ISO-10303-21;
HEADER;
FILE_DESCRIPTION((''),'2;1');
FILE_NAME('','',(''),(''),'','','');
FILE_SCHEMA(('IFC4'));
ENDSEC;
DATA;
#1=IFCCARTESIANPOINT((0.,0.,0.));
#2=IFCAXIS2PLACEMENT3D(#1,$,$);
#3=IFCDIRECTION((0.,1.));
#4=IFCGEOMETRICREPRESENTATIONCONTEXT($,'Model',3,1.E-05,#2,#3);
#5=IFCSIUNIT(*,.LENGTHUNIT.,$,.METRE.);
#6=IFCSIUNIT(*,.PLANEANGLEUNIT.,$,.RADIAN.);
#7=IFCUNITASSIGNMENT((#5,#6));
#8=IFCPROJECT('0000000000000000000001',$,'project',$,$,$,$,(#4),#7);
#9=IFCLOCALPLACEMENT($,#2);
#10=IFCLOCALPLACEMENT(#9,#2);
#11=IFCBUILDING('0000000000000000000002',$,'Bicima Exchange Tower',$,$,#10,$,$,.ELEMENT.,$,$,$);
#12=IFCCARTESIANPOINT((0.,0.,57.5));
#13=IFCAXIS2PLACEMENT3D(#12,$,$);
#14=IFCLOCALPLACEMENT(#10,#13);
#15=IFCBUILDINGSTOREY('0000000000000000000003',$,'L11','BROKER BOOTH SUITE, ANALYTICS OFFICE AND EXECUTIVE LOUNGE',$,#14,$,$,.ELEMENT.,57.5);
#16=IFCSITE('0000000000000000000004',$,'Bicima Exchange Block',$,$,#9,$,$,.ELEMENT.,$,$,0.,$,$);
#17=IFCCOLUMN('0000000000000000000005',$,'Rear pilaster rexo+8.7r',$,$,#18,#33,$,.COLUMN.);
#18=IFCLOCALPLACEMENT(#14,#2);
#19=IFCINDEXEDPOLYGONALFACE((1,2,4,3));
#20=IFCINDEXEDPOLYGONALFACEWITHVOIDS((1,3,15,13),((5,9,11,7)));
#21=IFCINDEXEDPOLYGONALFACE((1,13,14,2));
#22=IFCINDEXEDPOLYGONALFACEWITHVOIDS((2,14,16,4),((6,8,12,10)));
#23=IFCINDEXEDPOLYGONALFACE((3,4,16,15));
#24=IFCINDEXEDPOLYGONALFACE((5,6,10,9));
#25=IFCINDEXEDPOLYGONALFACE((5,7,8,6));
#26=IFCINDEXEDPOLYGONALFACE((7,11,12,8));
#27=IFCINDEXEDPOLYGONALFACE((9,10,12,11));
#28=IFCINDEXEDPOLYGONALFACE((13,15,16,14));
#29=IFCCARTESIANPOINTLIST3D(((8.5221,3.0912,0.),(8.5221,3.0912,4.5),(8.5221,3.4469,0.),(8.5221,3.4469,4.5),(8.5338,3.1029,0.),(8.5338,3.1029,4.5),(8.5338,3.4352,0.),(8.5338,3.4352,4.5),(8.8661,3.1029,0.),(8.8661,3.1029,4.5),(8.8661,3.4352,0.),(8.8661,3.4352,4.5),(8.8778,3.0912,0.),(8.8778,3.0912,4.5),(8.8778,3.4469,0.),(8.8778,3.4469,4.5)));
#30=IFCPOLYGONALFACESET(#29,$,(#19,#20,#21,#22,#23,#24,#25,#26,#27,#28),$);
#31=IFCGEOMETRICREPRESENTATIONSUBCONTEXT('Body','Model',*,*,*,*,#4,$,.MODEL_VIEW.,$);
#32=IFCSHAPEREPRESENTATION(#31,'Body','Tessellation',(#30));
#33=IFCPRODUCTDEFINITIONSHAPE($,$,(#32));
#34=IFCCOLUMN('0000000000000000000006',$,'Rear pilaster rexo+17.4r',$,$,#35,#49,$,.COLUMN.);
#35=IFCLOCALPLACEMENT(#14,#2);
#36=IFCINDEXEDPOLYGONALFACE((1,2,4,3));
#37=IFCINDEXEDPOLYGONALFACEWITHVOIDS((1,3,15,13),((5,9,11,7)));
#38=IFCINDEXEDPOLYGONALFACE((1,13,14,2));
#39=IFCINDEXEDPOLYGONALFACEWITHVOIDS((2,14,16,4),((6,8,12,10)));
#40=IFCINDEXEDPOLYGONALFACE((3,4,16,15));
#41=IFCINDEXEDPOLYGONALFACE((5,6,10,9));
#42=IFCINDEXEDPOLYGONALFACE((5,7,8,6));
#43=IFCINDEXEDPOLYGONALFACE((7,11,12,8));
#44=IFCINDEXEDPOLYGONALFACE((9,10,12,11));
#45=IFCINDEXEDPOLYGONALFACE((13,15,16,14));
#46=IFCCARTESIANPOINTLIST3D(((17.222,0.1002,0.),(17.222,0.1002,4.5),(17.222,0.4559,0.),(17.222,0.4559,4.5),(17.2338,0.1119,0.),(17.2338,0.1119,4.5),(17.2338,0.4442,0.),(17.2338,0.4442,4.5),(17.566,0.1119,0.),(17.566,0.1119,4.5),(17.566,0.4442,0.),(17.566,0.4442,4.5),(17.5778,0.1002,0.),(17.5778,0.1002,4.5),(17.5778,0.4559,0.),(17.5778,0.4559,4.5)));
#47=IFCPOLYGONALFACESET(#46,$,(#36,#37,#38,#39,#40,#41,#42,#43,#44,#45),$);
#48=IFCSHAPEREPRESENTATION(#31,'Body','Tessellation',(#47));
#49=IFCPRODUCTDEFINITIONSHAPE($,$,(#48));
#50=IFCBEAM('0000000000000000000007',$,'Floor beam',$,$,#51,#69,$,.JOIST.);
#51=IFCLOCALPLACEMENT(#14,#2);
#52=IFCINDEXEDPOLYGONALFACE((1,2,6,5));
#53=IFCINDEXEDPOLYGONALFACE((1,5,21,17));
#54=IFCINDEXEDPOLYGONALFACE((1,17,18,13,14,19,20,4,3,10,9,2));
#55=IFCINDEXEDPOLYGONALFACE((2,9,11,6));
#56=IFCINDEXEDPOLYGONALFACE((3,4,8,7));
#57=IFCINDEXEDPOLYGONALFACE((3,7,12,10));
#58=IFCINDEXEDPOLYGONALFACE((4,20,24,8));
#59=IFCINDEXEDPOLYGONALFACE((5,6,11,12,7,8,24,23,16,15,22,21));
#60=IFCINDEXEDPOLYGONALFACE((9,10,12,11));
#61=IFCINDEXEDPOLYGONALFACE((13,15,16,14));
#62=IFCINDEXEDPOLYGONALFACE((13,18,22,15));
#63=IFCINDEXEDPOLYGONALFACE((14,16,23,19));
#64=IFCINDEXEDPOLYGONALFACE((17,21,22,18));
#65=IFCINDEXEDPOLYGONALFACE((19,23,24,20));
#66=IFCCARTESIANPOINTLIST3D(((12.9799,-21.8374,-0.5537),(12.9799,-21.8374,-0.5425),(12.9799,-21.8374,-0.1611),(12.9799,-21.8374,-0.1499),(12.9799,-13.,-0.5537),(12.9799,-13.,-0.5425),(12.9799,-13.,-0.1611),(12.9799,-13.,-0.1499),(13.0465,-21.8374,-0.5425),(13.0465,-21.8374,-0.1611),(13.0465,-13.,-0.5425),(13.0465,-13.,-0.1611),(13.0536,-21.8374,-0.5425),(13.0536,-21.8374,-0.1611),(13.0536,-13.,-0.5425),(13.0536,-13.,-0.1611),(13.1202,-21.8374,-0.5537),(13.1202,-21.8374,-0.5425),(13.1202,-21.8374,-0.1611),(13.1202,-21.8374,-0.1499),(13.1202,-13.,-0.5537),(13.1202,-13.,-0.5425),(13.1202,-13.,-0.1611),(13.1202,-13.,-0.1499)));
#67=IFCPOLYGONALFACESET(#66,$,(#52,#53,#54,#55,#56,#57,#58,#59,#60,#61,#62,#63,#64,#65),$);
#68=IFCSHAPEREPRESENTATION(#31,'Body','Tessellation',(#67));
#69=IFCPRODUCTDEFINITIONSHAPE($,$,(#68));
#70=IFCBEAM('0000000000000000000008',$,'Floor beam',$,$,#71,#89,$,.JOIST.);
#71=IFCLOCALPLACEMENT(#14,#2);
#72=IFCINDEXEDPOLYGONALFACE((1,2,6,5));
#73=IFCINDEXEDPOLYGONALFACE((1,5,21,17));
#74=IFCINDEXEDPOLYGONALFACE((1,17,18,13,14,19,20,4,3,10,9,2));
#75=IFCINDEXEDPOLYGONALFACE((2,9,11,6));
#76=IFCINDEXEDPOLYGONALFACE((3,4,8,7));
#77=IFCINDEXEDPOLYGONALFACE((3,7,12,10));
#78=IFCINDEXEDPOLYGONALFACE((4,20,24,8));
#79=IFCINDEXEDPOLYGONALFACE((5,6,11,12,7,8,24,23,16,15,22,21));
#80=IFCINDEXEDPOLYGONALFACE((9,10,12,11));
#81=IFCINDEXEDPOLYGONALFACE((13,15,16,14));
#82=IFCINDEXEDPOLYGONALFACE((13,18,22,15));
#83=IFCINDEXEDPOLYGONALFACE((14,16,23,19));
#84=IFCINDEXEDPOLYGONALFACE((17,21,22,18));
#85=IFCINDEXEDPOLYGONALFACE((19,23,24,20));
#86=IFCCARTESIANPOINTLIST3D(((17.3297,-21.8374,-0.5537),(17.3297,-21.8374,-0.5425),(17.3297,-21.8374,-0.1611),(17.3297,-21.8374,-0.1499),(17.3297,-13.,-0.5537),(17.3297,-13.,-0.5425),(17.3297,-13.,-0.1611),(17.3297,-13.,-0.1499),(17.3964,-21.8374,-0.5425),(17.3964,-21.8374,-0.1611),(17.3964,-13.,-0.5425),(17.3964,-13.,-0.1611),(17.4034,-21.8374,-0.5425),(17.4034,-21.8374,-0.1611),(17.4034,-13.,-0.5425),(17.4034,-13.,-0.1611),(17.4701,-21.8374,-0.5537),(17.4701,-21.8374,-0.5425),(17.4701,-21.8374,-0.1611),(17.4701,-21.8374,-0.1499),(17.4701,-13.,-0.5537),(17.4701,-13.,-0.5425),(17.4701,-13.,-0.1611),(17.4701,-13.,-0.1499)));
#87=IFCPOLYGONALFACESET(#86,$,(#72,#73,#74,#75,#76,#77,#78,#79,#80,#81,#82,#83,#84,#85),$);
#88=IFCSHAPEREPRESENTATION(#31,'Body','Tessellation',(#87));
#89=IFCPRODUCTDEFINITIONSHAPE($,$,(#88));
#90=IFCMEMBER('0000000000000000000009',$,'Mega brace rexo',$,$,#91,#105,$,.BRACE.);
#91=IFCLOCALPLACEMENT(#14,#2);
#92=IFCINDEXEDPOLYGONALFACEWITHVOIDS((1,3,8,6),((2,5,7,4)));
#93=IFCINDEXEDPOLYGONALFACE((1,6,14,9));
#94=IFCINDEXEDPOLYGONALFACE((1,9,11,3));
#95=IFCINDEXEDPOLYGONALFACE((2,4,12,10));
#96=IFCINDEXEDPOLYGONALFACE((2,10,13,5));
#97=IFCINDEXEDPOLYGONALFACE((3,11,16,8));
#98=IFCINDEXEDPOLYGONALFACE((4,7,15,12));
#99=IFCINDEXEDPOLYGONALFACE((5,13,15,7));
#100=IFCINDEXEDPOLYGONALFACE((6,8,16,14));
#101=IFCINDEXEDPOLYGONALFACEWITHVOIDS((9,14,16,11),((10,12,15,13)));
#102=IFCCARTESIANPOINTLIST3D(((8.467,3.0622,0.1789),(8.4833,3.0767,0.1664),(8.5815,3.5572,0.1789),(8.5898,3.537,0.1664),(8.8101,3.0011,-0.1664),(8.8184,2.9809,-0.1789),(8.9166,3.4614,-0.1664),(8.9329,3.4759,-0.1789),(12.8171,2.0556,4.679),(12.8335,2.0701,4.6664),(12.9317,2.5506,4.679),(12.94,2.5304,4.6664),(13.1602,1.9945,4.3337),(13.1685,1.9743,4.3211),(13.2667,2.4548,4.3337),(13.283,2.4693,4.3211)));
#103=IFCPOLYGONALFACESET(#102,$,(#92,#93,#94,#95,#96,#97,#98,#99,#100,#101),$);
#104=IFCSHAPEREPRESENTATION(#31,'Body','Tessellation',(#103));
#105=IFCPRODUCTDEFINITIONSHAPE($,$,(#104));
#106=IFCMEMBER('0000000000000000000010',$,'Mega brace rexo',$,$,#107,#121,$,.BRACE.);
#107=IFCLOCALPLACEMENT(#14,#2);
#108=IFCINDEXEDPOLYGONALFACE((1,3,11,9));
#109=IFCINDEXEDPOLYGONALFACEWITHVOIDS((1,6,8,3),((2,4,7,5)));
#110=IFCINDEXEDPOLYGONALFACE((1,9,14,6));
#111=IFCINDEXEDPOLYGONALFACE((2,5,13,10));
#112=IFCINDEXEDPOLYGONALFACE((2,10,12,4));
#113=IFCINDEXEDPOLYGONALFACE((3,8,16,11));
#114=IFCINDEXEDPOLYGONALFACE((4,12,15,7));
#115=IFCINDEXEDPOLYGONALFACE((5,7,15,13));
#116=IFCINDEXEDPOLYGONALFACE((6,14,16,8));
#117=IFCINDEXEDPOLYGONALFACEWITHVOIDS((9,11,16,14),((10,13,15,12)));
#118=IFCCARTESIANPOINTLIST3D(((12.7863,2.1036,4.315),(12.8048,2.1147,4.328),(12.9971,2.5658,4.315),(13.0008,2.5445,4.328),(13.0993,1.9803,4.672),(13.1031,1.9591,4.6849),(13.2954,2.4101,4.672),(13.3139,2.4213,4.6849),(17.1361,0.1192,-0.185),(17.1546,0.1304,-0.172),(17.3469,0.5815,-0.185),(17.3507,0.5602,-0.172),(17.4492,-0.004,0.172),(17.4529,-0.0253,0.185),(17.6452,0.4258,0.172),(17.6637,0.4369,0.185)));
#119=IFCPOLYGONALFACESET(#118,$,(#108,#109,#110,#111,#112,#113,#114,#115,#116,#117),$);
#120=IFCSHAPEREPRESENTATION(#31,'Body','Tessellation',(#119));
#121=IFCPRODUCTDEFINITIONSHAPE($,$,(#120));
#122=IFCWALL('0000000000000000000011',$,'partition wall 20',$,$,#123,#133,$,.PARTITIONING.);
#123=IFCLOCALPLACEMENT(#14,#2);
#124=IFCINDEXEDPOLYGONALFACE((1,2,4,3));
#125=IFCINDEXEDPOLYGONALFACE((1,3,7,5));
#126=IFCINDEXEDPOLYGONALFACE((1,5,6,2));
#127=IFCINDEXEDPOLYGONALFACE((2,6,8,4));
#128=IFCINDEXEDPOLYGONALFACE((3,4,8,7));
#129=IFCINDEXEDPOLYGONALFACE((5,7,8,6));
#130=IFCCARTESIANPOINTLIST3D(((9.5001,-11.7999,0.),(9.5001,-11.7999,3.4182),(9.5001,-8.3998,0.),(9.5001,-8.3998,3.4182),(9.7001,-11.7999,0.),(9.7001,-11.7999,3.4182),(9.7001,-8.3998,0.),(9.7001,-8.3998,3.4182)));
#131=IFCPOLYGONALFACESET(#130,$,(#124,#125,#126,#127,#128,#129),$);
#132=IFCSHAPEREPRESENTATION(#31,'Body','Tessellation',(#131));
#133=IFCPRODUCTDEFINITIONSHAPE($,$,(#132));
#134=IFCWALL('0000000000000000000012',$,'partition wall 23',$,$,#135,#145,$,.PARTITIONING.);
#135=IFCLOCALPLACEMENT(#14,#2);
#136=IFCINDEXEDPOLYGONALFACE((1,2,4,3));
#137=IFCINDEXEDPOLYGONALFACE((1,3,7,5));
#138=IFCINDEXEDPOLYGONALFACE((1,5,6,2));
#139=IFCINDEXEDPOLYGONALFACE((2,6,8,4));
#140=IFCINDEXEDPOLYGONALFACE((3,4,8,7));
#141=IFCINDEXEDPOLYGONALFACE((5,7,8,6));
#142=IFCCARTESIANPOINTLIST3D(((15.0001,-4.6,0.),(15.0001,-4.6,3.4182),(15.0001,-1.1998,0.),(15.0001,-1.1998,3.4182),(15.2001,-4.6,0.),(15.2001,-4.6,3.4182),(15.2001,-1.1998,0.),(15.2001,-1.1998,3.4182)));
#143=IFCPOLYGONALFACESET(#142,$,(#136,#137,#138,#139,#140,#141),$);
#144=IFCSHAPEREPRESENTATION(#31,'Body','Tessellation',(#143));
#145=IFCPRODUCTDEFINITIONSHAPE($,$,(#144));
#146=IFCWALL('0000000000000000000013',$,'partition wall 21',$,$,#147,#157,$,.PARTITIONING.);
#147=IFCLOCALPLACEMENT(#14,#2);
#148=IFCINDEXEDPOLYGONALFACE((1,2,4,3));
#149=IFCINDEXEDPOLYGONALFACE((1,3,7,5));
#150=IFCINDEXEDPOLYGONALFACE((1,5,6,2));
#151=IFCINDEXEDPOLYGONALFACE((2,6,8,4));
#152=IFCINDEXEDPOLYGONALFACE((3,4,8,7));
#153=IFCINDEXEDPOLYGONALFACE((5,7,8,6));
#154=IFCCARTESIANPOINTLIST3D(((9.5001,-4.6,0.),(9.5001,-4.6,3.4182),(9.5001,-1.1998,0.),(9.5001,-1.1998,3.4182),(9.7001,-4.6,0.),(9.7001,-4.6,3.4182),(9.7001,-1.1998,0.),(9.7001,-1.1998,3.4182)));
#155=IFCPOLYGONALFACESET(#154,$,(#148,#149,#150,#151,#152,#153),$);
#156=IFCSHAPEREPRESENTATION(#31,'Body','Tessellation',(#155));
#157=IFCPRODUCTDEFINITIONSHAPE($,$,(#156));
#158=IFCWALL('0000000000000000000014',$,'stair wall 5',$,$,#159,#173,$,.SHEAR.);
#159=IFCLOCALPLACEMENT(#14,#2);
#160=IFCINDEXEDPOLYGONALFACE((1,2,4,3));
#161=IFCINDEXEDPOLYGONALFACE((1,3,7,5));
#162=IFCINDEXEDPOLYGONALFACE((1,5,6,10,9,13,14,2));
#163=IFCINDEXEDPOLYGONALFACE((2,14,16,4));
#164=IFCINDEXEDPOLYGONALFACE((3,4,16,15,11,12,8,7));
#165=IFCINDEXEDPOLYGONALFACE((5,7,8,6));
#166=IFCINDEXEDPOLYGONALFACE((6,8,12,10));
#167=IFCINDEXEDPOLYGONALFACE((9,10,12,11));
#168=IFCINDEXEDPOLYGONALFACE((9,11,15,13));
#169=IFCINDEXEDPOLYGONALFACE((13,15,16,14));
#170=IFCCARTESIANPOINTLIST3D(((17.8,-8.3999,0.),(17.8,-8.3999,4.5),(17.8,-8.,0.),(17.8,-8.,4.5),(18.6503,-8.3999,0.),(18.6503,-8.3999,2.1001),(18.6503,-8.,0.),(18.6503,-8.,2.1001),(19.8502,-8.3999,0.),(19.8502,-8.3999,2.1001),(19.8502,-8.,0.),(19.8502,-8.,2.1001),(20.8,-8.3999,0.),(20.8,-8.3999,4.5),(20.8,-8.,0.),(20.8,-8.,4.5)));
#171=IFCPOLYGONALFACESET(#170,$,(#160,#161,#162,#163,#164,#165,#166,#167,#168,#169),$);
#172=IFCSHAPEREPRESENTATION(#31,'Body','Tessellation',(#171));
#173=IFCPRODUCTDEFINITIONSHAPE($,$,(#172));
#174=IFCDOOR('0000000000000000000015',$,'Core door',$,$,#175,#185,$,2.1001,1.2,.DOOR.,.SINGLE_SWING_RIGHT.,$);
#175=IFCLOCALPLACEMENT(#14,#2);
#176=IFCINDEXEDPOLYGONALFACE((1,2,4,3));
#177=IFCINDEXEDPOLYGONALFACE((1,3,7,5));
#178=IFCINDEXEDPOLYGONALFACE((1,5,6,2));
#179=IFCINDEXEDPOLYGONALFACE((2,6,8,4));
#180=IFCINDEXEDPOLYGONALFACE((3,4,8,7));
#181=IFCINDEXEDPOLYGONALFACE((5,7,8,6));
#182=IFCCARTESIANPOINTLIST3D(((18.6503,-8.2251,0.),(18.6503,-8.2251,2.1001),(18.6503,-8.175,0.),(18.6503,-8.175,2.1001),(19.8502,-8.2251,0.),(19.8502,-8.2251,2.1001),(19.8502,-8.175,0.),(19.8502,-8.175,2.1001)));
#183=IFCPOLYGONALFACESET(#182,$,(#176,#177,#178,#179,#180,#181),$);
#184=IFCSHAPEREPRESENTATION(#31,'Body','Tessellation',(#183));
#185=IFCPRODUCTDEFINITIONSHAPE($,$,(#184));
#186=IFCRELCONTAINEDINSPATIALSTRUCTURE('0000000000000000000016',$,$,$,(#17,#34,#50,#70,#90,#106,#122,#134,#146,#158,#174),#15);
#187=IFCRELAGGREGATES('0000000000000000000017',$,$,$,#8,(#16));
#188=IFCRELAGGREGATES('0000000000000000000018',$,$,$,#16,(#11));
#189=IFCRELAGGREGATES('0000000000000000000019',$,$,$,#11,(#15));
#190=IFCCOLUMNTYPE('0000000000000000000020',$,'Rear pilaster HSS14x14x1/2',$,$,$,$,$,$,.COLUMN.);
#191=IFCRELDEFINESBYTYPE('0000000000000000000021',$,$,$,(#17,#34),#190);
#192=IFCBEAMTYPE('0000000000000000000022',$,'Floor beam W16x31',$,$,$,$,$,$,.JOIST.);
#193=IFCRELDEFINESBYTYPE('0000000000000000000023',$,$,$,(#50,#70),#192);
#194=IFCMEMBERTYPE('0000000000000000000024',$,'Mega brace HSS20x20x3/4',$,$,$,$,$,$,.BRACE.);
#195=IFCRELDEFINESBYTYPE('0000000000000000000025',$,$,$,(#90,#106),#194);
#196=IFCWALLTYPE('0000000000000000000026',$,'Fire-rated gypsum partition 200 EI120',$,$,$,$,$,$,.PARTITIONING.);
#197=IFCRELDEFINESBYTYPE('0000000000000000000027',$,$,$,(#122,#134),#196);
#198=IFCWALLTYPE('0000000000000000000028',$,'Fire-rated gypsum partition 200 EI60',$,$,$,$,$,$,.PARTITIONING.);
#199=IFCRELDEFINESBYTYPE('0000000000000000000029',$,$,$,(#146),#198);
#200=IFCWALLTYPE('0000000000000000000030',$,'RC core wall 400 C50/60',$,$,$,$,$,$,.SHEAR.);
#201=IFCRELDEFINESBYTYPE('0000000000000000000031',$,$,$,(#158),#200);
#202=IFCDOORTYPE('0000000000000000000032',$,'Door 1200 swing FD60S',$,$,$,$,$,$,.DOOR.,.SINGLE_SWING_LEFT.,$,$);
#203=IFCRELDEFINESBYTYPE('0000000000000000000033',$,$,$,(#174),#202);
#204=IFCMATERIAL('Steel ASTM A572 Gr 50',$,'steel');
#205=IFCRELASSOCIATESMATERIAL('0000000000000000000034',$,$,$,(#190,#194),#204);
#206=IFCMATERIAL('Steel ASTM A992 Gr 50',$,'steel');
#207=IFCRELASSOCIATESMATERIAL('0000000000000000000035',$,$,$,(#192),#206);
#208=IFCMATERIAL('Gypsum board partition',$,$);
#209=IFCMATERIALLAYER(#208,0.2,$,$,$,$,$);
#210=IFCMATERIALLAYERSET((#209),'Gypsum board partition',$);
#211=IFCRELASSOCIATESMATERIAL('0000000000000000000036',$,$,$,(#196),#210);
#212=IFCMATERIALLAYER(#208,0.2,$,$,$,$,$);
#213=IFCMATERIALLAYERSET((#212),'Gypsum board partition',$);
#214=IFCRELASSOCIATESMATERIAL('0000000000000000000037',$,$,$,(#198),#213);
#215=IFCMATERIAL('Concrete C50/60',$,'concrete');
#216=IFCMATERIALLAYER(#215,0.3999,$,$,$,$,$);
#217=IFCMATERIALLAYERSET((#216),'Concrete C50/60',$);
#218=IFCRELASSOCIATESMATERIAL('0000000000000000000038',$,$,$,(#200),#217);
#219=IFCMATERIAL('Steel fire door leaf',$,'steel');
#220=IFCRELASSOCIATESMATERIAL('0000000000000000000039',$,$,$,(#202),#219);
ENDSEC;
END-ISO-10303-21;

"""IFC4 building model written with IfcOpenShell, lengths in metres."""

from ifc_helpers import new_model, si_unit, direction, frame, frame_2d, origin, origin_2d, place, context, subcontext, project, spatial, rectangle, hollow_rectangle, i_section, extrude, material, layer, layer_set, material_profile, profile_set, type_object, element, fill, save


model = new_model("IFC4")

# Units and contexts
model_context = context("Model", 3, precision=1e-05, world=origin(), true_north=direction((0.0, 1.0)))
body_context = subcontext(model_context, "Body", "Model", "MODEL_VIEW")
ifc_project = project(units=[si_unit("LENGTHUNIT", "METRE"), si_unit("PLANEANGLEUNIT", "RADIAN")], contexts=[model_context])

# Site, building, storey
site_placement = place(None, origin())
site = spatial("IfcSite", under=ifc_project, at=site_placement, Name="Bicima Exchange Block", CompositionType="ELEMENT", RefElevation=0.0)
building_placement = place(site_placement, origin())
building = spatial("IfcBuilding", under=site, at=building_placement, Name="Bicima Exchange Tower", CompositionType="ELEMENT")
storey_placement = place(building_placement, frame((0.0, 0.0, 57.5)))
storey = spatial("IfcBuildingStorey", under=building, at=storey_placement, Name="L11", Description="BROKER BOOTH SUITE, ANALYTICS OFFICE AND EXECUTIVE LOUNGE", CompositionType="ELEMENT", Elevation=57.5)

# Columns
ifc_material_1 = material(Name="Steel ASTM A572 Gr 50", Category="steel")
ifc_material_profile_1 = material_profile(ifc_material_1, hollow_rectangle(XDim=0.3557, YDim=0.3557, WallThickness=0.0117, at=origin_2d()))
ifc_profile_set_1 = profile_set([ifc_material_profile_1], Name="Steel ASTM A572 Gr 50")
column_type = type_object("IfcColumnType", Name="Rear pilaster HSS14x14x1/2", PredefinedType="COLUMN", material=ifc_profile_set_1)
for number, where, z_axis, x_axis, name in (
    (1, (8.7, 3.269, 0.0), (0.0, 0.0, 1.0), (1.0, 0.0, 0.0), "Rear pilaster rexo+8.7r"),
    (2, (17.3999, 0.2781, 0.0), (0.0, 0.0, 1.0), (1.0, 0.0, 0.0), "Rear pilaster rexo+17.4r"),
):
    element("IfcColumn", number, at=place(storey_placement, frame(where, z_axis=z_axis, x_axis=x_axis)), inside=storey, type_object=column_type, Name=name, PredefinedType="COLUMN", context=body_context, shape_type="SweptSolid", body=[
        extrude(hollow_rectangle(XDim=0.3557, YDim=0.3557, WallThickness=0.0117, at=origin_2d()), origin(), (0.0, 0.0, 1.0), 4.5),
    ])

# Beams
ifc_material_2 = material(Name="Steel ASTM A992 Gr 50", Category="steel")
ifc_material_profile_2 = material_profile(ifc_material_2, i_section(OverallWidth=0.1404, OverallDepth=0.4038, WebThickness=0.0071, FlangeThickness=0.0112, at=origin_2d()))
ifc_profile_set_2 = profile_set([ifc_material_profile_2], Name="Steel ASTM A992 Gr 50")
beam_type = type_object("IfcBeamType", Name="Floor beam W16x31", PredefinedType="JOIST", material=ifc_profile_set_2)
for number, where, z_axis, x_axis, name in (
    (3, (13.05, -13.0, -0.3518), (0.0, -1.0, 0.0), (1.0, 0.0, 0.0), "Floor beam"),
    (4, (17.3999, -13.0, -0.3518), (0.0, -1.0, 0.0), (1.0, 0.0, 0.0), "Floor beam"),
):
    element("IfcBeam", number, at=place(storey_placement, frame(where, z_axis=z_axis, x_axis=x_axis)), inside=storey, type_object=beam_type, Name=name, PredefinedType="JOIST", context=body_context, shape_type="SweptSolid", body=[
        extrude(i_section(OverallWidth=0.1404, OverallDepth=0.4038, WebThickness=0.0071, FlangeThickness=0.0112, at=origin_2d()), origin(), (0.0, 0.0, 1.0), 8.8374),
    ])

# Members
ifc_material_profile_3 = material_profile(ifc_material_1, hollow_rectangle(XDim=0.5081, YDim=0.5081, WallThickness=0.0178, at=origin_2d()))
ifc_profile_set_3 = profile_set([ifc_material_profile_3], Name="Steel ASTM A572 Gr 50")
member_type = type_object("IfcMemberType", Name="Mega brace HSS20x20x3/4", PredefinedType="BRACE", material=ifc_profile_set_3)
member_1_placement = place(storey_placement, frame((8.7, 3.269, 0.0), z_axis=(0.686212, -0.158786, 0.709859), x_axis=(0.225439, 0.974257, 0.0)))
element("IfcMember", 5, at=member_1_placement, inside=storey, type_object=member_type, Name="Mega brace rexo", PredefinedType="BRACE", context=body_context, shape_type="SweptSolid", body=[
    extrude(hollow_rectangle(XDim=0.5081, YDim=0.5081, WallThickness=0.0178, at=origin_2d()), origin(), (0.0, 0.0, 1.0), 6.3394),
])
member_2_placement = place(storey_placement, frame((17.3999, 0.2781, 0.0), z_axis=(-0.662508, 0.302232, 0.685376), x_axis=(-0.415045, -0.909801, 0.0)))
element("IfcMember", 6, at=member_2_placement, inside=storey, type_object=member_type, Name="Mega brace rexo", PredefinedType="BRACE", context=body_context, shape_type="SweptSolid", body=[
    extrude(hollow_rectangle(XDim=0.5081, YDim=0.5081, WallThickness=0.0178, at=origin_2d()), origin(), (0.0, 0.0, 1.0), 6.5657),
])

# Walls
ifc_material_3 = material(Name="Gypsum board partition")
ifc_layer_1 = layer(ifc_material_3, 0.2)
ifc_layer_set_1 = layer_set([ifc_layer_1], Name="Gypsum board partition")
wall_type_1 = type_object("IfcWallType", Name="Fire-rated gypsum partition 200 EI120", PredefinedType="PARTITIONING", material=ifc_layer_set_1)
for number, where, z_axis, x_axis, name in (
    (7, (9.6001, -11.8, 0.0), (0.0, 0.0, 1.0), (0.0, 1.0, 0.0), "partition wall 20"),
    (8, (15.1001, -4.6001, 0.0), (0.0, 0.0, 1.0), (0.0, 1.0, 0.0), "partition wall 23"),
):
    element("IfcWall", number, at=place(storey_placement, frame(where, z_axis=z_axis, x_axis=x_axis)), inside=storey, type_object=wall_type_1, Name=name, PredefinedType="PARTITIONING", context=body_context, shape_type="SweptSolid", body=[
        extrude(rectangle(XDim=3.4001, YDim=0.2, at=frame_2d((1.7002, 0.0))), origin(), (0.0, 0.0, 1.0), 3.4182),
    ])
ifc_layer_2 = layer(ifc_material_3, 0.2)
ifc_layer_set_2 = layer_set([ifc_layer_2], Name="Gypsum board partition")
wall_type_2 = type_object("IfcWallType", Name="Fire-rated gypsum partition 200 EI60", PredefinedType="PARTITIONING", material=ifc_layer_set_2)
wall_1_placement = place(storey_placement, frame((9.6001, -4.6001, 0.0), z_axis=(0.0, 0.0, 1.0), x_axis=(0.0, 1.0, 0.0)))
element("IfcWall", 9, at=wall_1_placement, inside=storey, type_object=wall_type_2, Name="partition wall 21", PredefinedType="PARTITIONING", context=body_context, shape_type="SweptSolid", body=[
    extrude(rectangle(XDim=3.4001, YDim=0.2, at=frame_2d((1.7002, 0.0))), origin(), (0.0, 0.0, 1.0), 3.4182),
])

# Wall, opening, door
ifc_material_4 = material(Name="Concrete C50/60", Category="concrete")
ifc_layer_3 = layer(ifc_material_4, 0.3999)
ifc_layer_set_3 = layer_set([ifc_layer_3], Name="Concrete C50/60")
wall_type_3 = type_object("IfcWallType", Name="RC core wall 400 C50/60", PredefinedType="SHEAR", material=ifc_layer_set_3)
wall_2_placement = place(storey_placement, frame((17.8, -8.2, 0.0), z_axis=(0.0, 0.0, 1.0), x_axis=(1.0, 0.0, 0.0)))
wall_2 = element("IfcWall", 10, at=wall_2_placement, inside=storey, type_object=wall_type_3, Name="stair wall 5", PredefinedType="SHEAR", context=body_context, shape_type="SweptSolid", body=[
    extrude(rectangle(XDim=3.0, YDim=0.3999, at=frame_2d((1.5, 0.0))), origin(), (0.0, 0.0, 1.0), 4.5),
])
opening_1_placement = place(wall_2_placement, frame((0.8501, 0.0, 0.0)))
opening_1 = element("IfcOpeningElement", 11, at=opening_1_placement, cuts=wall_2, PredefinedType="OPENING", context=body_context, shape_type="SweptSolid", body=[
    extrude(rectangle(XDim=1.2, YDim=2.1001, at=frame_2d((0.6001, 1.05))), frame((0.0, 0.2119, 0.0), z_axis=(0.0, -1.0, 0.0), x_axis=(1.0, 0.0, 0.0)), (0.0, 0.0, 1.0), 0.4238),
])
ifc_material_5 = material(Name="Steel fire door leaf", Category="steel")
door_type_1 = type_object("IfcDoorType", Name="Door 1200 swing FD60S", OperationType="SINGLE_SWING_LEFT", PredefinedType="DOOR", material=ifc_material_5)
door_1_placement = place(opening_1_placement, origin())
door_1 = element("IfcDoor", 12, at=door_1_placement, inside=storey, type_object=door_type_1, Name="Core door", OperationType="SINGLE_SWING_RIGHT", OverallHeight=2.1001, OverallWidth=1.2, PredefinedType="DOOR", context=body_context, shape_type="SweptSolid", body=[
    extrude(rectangle(XDim=1.2, YDim=2.1001, at=frame_2d((0.6001, 1.05))), frame((0.0, 0.0249, 0.0), z_axis=(0.0, -1.0, 0.0), x_axis=(1.0, 0.0, 0.0)), (0.0, 0.0, 1.0), 0.05),
])
fill(opening_1, door_1)

save(model, "model.ifc")
